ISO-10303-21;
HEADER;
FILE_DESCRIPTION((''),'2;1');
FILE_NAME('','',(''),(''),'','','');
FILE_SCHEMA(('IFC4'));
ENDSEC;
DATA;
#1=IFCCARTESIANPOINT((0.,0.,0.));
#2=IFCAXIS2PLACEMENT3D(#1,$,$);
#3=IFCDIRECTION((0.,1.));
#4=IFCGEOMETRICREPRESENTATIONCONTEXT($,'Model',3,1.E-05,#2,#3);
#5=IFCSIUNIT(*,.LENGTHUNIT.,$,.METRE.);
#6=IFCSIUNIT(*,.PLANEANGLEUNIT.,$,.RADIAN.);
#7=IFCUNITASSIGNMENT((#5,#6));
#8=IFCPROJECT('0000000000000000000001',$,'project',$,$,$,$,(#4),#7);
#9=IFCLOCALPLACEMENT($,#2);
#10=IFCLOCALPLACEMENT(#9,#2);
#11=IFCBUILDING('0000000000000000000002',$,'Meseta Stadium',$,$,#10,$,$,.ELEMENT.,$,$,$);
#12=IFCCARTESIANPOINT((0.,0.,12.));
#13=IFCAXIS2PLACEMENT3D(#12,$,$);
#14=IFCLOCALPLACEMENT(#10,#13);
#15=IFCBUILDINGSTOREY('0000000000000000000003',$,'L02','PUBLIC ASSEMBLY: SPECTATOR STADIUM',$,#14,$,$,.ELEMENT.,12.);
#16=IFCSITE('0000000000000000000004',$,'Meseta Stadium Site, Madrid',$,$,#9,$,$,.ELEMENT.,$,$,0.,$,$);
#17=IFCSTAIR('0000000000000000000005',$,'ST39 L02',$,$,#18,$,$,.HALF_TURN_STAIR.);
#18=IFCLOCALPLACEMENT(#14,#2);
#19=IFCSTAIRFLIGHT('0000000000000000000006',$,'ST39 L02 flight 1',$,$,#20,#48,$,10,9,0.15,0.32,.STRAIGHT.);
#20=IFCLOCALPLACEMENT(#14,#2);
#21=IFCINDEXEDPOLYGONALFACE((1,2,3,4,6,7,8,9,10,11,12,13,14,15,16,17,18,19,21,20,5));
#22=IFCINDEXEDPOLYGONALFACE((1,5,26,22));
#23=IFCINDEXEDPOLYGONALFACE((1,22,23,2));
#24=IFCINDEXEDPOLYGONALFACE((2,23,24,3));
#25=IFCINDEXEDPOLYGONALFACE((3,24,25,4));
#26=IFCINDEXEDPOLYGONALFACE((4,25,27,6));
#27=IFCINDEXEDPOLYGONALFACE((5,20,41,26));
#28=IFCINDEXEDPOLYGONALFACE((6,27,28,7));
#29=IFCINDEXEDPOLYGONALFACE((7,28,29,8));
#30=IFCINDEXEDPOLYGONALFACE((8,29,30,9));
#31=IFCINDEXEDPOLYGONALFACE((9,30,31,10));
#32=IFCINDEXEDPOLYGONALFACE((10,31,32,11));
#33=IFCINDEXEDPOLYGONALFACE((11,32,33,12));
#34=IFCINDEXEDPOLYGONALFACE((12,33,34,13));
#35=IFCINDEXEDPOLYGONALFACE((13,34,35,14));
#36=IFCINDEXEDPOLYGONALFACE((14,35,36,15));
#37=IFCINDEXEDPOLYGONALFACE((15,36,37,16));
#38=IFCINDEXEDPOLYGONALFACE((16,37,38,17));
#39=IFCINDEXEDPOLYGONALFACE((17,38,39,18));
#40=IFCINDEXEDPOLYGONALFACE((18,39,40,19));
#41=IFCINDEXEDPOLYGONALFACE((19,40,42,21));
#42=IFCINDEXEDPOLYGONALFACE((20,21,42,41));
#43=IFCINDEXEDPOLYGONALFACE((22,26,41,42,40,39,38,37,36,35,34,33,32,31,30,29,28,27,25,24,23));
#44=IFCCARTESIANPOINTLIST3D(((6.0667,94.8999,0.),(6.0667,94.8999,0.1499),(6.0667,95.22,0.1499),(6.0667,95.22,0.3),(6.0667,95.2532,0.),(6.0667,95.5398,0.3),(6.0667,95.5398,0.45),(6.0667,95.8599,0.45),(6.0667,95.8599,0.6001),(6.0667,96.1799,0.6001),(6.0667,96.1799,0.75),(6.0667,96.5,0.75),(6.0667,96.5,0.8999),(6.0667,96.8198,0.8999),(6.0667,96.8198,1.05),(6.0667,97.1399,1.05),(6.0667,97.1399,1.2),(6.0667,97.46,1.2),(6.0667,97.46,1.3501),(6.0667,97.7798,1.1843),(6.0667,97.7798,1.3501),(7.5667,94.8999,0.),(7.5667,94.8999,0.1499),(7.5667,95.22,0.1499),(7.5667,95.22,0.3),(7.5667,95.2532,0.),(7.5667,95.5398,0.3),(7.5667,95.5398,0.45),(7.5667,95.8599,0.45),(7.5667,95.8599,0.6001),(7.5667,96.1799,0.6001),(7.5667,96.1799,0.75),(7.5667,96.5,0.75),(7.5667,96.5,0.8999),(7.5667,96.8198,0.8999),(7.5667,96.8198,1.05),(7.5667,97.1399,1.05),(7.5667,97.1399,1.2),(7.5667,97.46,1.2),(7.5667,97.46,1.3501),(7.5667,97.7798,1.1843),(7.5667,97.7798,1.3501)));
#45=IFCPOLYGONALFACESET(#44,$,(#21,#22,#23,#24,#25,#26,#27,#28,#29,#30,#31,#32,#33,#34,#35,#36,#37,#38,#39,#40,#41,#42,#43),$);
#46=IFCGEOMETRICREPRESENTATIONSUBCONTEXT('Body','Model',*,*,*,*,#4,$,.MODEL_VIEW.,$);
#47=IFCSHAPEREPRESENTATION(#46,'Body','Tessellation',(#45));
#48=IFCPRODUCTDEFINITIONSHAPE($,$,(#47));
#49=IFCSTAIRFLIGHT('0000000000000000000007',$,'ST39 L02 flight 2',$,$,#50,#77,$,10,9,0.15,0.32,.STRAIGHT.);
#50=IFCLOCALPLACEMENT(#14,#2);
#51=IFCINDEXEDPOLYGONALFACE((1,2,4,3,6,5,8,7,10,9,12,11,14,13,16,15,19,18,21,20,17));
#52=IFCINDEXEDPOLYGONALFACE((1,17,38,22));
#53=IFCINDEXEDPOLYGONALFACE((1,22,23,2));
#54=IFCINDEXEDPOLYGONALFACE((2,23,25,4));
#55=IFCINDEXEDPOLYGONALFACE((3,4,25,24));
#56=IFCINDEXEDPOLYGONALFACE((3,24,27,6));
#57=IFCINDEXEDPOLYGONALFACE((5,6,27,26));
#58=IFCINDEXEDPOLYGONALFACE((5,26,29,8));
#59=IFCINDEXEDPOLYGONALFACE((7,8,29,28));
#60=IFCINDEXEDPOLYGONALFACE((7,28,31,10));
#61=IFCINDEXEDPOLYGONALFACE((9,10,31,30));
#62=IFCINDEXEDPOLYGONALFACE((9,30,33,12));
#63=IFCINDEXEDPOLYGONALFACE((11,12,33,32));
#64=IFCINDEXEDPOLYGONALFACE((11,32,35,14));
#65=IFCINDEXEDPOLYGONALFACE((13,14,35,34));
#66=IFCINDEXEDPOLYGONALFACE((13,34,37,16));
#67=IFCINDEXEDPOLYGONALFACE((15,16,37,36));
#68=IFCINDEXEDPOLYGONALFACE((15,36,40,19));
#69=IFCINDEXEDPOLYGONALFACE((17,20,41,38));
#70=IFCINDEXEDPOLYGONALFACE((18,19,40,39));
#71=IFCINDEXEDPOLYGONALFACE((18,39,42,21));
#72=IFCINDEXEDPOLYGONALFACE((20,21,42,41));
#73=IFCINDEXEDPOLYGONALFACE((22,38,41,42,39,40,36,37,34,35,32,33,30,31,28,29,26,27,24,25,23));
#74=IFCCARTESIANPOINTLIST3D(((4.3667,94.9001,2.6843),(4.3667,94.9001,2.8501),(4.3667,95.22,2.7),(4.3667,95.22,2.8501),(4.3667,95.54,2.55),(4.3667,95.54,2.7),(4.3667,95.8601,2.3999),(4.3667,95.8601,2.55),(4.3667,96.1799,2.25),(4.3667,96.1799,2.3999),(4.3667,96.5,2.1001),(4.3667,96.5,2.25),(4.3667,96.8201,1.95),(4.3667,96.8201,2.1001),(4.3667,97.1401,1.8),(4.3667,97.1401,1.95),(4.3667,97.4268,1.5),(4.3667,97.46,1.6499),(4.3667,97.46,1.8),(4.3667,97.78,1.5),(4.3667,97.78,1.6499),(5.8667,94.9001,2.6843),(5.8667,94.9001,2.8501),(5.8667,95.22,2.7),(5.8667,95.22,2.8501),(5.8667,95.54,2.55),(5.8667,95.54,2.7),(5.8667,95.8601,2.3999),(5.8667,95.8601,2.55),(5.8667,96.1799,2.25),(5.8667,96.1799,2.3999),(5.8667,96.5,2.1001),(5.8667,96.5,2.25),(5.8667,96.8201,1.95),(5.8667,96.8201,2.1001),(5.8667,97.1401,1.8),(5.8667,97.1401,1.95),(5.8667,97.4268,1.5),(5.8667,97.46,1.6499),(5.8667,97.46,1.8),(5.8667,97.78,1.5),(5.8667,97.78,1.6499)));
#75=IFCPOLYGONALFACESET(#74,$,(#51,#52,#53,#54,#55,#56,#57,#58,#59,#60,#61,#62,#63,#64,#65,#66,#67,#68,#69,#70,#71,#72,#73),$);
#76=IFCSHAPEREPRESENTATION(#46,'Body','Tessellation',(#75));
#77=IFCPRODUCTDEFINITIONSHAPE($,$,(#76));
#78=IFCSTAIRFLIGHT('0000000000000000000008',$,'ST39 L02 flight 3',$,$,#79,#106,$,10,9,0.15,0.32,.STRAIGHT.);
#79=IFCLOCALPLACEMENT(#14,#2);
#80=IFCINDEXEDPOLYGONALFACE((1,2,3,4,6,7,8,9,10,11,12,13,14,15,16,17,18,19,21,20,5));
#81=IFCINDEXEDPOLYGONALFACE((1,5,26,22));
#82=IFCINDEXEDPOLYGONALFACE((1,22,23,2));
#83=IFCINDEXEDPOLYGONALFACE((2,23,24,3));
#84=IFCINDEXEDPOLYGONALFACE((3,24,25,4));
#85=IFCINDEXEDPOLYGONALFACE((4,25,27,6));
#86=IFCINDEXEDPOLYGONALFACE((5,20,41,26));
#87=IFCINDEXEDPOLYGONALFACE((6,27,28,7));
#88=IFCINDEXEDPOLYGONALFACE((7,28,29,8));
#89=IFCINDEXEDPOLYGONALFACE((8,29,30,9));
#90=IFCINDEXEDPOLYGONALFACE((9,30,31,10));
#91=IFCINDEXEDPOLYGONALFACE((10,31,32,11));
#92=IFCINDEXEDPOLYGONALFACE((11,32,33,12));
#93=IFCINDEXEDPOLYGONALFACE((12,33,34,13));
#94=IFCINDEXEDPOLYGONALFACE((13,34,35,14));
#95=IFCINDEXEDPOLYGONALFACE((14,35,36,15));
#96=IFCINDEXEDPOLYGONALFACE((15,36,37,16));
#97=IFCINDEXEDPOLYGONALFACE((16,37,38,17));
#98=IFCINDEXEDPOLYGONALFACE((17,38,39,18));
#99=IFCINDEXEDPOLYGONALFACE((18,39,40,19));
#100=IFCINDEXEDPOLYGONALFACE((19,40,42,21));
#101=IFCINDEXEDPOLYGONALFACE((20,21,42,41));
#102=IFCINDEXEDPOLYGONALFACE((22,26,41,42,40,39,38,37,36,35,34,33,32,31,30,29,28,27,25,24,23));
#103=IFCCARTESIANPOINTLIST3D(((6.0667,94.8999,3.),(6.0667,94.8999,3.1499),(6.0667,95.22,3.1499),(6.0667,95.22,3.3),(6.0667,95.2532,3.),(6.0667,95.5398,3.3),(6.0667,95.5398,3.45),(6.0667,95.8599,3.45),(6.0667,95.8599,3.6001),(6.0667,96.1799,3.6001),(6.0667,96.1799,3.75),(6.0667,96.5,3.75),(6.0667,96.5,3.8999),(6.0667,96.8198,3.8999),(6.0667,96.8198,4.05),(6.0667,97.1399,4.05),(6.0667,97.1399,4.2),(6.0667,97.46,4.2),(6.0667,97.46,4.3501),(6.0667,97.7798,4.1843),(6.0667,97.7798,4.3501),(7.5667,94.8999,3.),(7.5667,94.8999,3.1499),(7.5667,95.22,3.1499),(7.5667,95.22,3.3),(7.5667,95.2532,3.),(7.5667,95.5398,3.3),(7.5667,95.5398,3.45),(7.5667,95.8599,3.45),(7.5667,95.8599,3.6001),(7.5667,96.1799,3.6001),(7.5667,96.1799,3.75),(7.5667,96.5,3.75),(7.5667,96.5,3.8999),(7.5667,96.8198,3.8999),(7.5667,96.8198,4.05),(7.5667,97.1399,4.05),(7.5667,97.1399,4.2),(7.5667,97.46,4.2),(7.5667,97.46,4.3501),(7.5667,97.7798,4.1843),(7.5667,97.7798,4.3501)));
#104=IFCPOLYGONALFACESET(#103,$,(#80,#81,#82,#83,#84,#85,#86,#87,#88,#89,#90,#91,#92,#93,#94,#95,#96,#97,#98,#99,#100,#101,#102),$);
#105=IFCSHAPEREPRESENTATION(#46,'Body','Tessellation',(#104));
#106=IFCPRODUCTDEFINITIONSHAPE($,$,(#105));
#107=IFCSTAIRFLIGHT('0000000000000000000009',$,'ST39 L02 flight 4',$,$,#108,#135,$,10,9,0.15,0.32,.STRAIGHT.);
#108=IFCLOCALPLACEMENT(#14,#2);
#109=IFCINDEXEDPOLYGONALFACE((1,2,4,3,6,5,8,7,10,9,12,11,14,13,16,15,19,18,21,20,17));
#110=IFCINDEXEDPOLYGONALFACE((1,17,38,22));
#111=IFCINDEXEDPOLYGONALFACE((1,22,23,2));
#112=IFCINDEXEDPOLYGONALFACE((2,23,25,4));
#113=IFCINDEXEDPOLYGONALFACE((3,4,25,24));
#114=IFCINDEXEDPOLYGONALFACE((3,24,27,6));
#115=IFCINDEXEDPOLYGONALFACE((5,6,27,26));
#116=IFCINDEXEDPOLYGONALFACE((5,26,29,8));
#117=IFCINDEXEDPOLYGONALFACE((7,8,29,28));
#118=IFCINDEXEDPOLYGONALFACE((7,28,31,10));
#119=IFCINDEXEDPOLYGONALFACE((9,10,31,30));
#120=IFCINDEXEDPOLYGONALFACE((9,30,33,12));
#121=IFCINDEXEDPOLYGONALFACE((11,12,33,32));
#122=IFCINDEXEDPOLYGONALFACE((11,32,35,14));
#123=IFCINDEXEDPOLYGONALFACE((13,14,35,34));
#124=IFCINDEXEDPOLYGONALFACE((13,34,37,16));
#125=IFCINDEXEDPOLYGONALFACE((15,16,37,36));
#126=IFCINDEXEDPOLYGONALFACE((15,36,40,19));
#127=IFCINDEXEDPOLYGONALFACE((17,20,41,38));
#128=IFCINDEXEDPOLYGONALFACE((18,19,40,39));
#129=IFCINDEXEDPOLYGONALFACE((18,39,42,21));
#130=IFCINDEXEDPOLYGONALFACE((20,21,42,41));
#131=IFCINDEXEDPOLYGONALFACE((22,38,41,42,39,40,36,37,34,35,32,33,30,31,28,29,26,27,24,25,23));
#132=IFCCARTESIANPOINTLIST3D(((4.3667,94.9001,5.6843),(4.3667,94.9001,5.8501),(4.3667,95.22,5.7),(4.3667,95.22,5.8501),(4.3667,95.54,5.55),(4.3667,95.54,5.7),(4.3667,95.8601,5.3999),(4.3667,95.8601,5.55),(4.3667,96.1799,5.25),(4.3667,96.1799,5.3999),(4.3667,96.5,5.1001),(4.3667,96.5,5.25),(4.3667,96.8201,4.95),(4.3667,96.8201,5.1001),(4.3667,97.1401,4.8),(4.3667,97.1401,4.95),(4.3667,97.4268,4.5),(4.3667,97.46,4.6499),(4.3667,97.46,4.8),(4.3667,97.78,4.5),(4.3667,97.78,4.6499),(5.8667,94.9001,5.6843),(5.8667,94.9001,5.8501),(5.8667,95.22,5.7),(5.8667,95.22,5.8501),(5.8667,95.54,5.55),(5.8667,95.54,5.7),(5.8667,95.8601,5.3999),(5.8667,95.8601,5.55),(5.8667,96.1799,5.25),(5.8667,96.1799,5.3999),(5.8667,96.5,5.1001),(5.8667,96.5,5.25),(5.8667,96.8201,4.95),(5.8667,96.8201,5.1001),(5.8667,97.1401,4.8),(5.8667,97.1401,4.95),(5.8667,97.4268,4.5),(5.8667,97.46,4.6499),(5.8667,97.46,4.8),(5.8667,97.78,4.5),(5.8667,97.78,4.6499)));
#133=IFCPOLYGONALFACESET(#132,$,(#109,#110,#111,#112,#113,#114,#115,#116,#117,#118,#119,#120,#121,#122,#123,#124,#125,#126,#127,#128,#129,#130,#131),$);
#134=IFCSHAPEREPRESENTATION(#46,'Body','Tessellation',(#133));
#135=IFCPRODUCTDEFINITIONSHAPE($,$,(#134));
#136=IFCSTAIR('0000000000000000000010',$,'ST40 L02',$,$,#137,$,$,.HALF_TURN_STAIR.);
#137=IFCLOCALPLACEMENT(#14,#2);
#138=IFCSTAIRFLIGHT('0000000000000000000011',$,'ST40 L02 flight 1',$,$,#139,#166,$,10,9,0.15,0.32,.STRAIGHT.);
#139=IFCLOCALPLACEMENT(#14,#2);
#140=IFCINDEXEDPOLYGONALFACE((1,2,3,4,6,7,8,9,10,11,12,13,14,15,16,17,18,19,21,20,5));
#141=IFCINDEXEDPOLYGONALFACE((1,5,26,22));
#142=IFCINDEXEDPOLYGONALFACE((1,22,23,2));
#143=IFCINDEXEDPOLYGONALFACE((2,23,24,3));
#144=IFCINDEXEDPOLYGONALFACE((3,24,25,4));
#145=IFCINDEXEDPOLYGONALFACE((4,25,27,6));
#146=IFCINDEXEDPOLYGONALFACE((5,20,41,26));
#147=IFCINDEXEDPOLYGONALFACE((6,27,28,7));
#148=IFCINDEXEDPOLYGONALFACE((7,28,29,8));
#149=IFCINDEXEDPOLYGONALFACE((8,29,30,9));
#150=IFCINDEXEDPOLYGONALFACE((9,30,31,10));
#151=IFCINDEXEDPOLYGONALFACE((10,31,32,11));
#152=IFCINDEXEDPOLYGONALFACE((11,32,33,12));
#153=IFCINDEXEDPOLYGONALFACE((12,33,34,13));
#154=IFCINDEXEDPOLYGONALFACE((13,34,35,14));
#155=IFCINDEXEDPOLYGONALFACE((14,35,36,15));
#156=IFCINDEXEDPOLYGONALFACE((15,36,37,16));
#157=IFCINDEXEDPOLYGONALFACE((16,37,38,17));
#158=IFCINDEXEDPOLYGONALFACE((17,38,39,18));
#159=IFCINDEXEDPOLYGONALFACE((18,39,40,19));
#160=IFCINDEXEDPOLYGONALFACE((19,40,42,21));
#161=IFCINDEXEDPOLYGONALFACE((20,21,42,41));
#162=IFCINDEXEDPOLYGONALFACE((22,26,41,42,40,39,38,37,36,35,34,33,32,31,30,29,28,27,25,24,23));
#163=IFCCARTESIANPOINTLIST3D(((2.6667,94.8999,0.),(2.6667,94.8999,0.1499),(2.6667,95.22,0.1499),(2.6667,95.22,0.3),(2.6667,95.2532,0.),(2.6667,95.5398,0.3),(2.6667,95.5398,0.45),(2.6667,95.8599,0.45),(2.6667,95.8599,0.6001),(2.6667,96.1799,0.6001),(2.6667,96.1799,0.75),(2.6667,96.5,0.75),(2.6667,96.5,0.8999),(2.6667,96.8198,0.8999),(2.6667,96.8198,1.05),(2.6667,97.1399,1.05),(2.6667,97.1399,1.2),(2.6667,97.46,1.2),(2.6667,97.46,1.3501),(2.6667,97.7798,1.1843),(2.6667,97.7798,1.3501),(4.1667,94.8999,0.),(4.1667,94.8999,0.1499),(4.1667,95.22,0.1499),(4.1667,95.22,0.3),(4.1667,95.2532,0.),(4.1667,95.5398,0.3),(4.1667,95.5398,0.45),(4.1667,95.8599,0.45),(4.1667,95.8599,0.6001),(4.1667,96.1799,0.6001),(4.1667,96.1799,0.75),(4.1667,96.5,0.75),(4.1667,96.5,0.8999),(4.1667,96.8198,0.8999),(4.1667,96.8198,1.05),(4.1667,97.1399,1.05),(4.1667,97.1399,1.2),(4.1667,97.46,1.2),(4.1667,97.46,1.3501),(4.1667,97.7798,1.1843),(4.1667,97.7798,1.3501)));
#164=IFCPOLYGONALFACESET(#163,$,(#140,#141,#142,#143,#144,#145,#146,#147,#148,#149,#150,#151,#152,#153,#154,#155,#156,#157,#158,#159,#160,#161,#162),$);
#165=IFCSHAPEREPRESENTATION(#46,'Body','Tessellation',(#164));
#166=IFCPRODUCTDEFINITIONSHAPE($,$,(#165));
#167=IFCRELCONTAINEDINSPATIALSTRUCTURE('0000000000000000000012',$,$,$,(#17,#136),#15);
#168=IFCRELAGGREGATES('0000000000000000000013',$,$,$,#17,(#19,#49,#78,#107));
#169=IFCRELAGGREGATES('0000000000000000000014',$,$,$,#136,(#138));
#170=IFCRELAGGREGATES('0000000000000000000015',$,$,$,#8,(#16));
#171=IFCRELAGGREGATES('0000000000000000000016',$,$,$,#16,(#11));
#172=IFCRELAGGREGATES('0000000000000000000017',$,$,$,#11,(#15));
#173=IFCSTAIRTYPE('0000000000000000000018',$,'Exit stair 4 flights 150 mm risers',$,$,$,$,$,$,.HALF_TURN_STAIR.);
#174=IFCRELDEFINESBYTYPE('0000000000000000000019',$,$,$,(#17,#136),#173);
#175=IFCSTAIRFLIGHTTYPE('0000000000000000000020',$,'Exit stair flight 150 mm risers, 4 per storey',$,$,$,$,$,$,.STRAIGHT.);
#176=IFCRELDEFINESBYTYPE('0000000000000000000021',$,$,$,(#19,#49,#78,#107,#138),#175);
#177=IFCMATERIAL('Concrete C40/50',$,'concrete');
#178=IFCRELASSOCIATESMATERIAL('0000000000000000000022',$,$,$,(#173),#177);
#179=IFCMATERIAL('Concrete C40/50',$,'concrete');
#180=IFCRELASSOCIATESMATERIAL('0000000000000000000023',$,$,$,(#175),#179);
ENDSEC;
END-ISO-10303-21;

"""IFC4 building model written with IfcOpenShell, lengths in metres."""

from ifc_helpers import new_model, si_unit, direction, frame, origin, place, context, subcontext, project, spatial, polyline, outline, extrude, material, type_object, element, aggregate, save


model = new_model("IFC4")

# Units and contexts
model_context = context("Model", 3, precision=1e-05, world=origin(), true_north=direction((0.0, 1.0)))
body_context = subcontext(model_context, "Body", "Model", "MODEL_VIEW")
ifc_project = project(units=[si_unit("LENGTHUNIT", "METRE"), si_unit("PLANEANGLEUNIT", "RADIAN")], contexts=[model_context])

# Site, building, storey
site_placement = place(None, origin())
site = spatial("IfcSite", under=ifc_project, at=site_placement, Name="Meseta Stadium Site, Madrid", CompositionType="ELEMENT", RefElevation=0.0)
building_placement = place(site_placement, origin())
building = spatial("IfcBuilding", under=site, at=building_placement, Name="Meseta Stadium", CompositionType="ELEMENT")
storey_placement = place(building_placement, frame((0.0, 0.0, 12.0)))
storey = spatial("IfcBuildingStorey", under=building, at=storey_placement, Name="L02", Description="PUBLIC ASSEMBLY: SPECTATOR STADIUM", CompositionType="ELEMENT", Elevation=12.0)

# Stairs, stair flights
ifc_material_1 = material(Name="Concrete C40/50", Category="concrete")
stair_type = type_object("IfcStairType", Name="Exit stair 4 flights 150 mm risers", PredefinedType="HALF_TURN_STAIR", material=ifc_material_1)
stair_1_placement = place(storey_placement, origin())
stair_1 = element("IfcStair", 1, at=stair_1_placement, inside=storey, type_object=stair_type, Name="ST39 L02", PredefinedType="HALF_TURN_STAIR")
ifc_material_2 = material(Name="Concrete C40/50", Category="concrete")
stair_flight_type = type_object("IfcStairFlightType", Name="Exit stair flight 150 mm risers, 4 per storey", PredefinedType="STRAIGHT", material=ifc_material_2)
stair_flight_1_placement = place(storey_placement, frame((6.8167, 94.8999, 0.0), z_axis=(0.0, 0.0, 1.0), x_axis=(0.0, 1.0, 0.0)))
stair_flight_1 = element("IfcStairFlight", 2, at=stair_flight_1_placement, type_object=stair_flight_type, Name="ST39 L02 flight 1", NumberOfRisers=10, NumberOfTreads=9, PredefinedType="STRAIGHT", RiserHeight=0.15, TreadLength=0.32, context=body_context, shape_type="SweptSolid", body=[
    extrude(outline(polyline([(0.0, 0.0), (0.0, 0.1499), (0.3201, 0.1499), (0.3201, 0.3), (0.6399, 0.3), (0.6399, 0.45), (0.96, 0.45), (0.96, 0.6001), (1.28, 0.6001), (1.28, 0.75), (1.6001, 0.75), (1.6001, 0.8999), (1.9199, 0.8999), (1.9199, 1.05), (2.24, 1.05), (2.24, 1.2), (2.5601, 1.2), (2.5601, 1.3501), (2.8799, 1.3501), (2.8799, 1.1843), (0.3533, 0.0), (0.0, 0.0)])), frame((0.0, 0.75, 0.0), z_axis=(0.0, -1.0, 0.0), x_axis=(1.0, 0.0, 0.0)), (0.0, 0.0, 1.0), 1.5),
])
stair_flight_2_placement = place(storey_placement, frame((5.1167, 97.78, 1.5), z_axis=(0.0, 0.0, 1.0), x_axis=(0.0, -1.0, 0.0)))
stair_flight_2 = element("IfcStairFlight", 3, at=stair_flight_2_placement, type_object=stair_flight_type, Name="ST39 L02 flight 2", NumberOfRisers=10, NumberOfTreads=9, PredefinedType="STRAIGHT", RiserHeight=0.15, TreadLength=0.32, context=body_context, shape_type="SweptSolid", body=[
    extrude(outline(polyline([(0.0, 0.0), (0.0, 0.1499), (0.3201, 0.1499), (0.3201, 0.3), (0.6399, 0.3), (0.6399, 0.45), (0.96, 0.45), (0.96, 0.6001), (1.28, 0.6001), (1.28, 0.75), (1.6001, 0.75), (1.6001, 0.8999), (1.9199, 0.8999), (1.9199, 1.05), (2.24, 1.05), (2.24, 1.2), (2.5601, 1.2), (2.5601, 1.3501), (2.8799, 1.3501), (2.8799, 1.1843), (0.3533, 0.0), (0.0, 0.0)])), frame((0.0, 0.75, 0.0), z_axis=(0.0, -1.0, 0.0), x_axis=(1.0, 0.0, 0.0)), (0.0, 0.0, 1.0), 1.5),
])
stair_flight_3_placement = place(storey_placement, frame((6.8167, 94.8999, 3.0), z_axis=(0.0, 0.0, 1.0), x_axis=(0.0, 1.0, 0.0)))
stair_flight_3 = element("IfcStairFlight", 4, at=stair_flight_3_placement, type_object=stair_flight_type, Name="ST39 L02 flight 3", NumberOfRisers=10, NumberOfTreads=9, PredefinedType="STRAIGHT", RiserHeight=0.15, TreadLength=0.32, context=body_context, shape_type="SweptSolid", body=[
    extrude(outline(polyline([(0.0, 0.0), (0.0, 0.1499), (0.3201, 0.1499), (0.3201, 0.3), (0.6399, 0.3), (0.6399, 0.45), (0.96, 0.45), (0.96, 0.6001), (1.28, 0.6001), (1.28, 0.75), (1.6001, 0.75), (1.6001, 0.8999), (1.9199, 0.8999), (1.9199, 1.05), (2.24, 1.05), (2.24, 1.2), (2.5601, 1.2), (2.5601, 1.3501), (2.8799, 1.3501), (2.8799, 1.1843), (0.3533, 0.0), (0.0, 0.0)])), frame((0.0, 0.75, 0.0), z_axis=(0.0, -1.0, 0.0), x_axis=(1.0, 0.0, 0.0)), (0.0, 0.0, 1.0), 1.5),
])
stair_flight_4_placement = place(storey_placement, frame((5.1167, 97.78, 4.5), z_axis=(0.0, 0.0, 1.0), x_axis=(0.0, -1.0, 0.0)))
stair_flight_4 = element("IfcStairFlight", 5, at=stair_flight_4_placement, type_object=stair_flight_type, Name="ST39 L02 flight 4", NumberOfRisers=10, NumberOfTreads=9, PredefinedType="STRAIGHT", RiserHeight=0.15, TreadLength=0.32, context=body_context, shape_type="SweptSolid", body=[
    extrude(outline(polyline([(0.0, 0.0), (0.0, 0.1499), (0.3201, 0.1499), (0.3201, 0.3), (0.6399, 0.3), (0.6399, 0.45), (0.96, 0.45), (0.96, 0.6001), (1.28, 0.6001), (1.28, 0.75), (1.6001, 0.75), (1.6001, 0.8999), (1.9199, 0.8999), (1.9199, 1.05), (2.24, 1.05), (2.24, 1.2), (2.5601, 1.2), (2.5601, 1.3501), (2.8799, 1.3501), (2.8799, 1.1843), (0.3533, 0.0), (0.0, 0.0)])), frame((0.0, 0.75, 0.0), z_axis=(0.0, -1.0, 0.0), x_axis=(1.0, 0.0, 0.0)), (0.0, 0.0, 1.0), 1.5),
])
aggregate(stair_1, [stair_flight_1, stair_flight_2, stair_flight_3, stair_flight_4])
stair_2_placement = place(storey_placement, origin())
stair_2 = element("IfcStair", 6, at=stair_2_placement, inside=storey, type_object=stair_type, Name="ST40 L02", PredefinedType="HALF_TURN_STAIR")
stair_flight_5_placement = place(storey_placement, frame((3.4167, 94.8999, 0.0), z_axis=(0.0, 0.0, 1.0), x_axis=(0.0, 1.0, 0.0)))
stair_flight_5 = element("IfcStairFlight", 7, at=stair_flight_5_placement, type_object=stair_flight_type, Name="ST40 L02 flight 1", NumberOfRisers=10, NumberOfTreads=9, PredefinedType="STRAIGHT", RiserHeight=0.15, TreadLength=0.32, context=body_context, shape_type="SweptSolid", body=[
    extrude(outline(polyline([(0.0, 0.0), (0.0, 0.1499), (0.3201, 0.1499), (0.3201, 0.3), (0.6399, 0.3), (0.6399, 0.45), (0.96, 0.45), (0.96, 0.6001), (1.28, 0.6001), (1.28, 0.75), (1.6001, 0.75), (1.6001, 0.8999), (1.9199, 0.8999), (1.9199, 1.05), (2.24, 1.05), (2.24, 1.2), (2.5601, 1.2), (2.5601, 1.3501), (2.8799, 1.3501), (2.8799, 1.1843), (0.3533, 0.0), (0.0, 0.0)])), frame((0.0, 0.75, 0.0), z_axis=(0.0, -1.0, 0.0), x_axis=(1.0, 0.0, 0.0)), (0.0, 0.0, 1.0), 1.5),
])
aggregate(stair_2, [stair_flight_5])

save(model, "model.ifc")
